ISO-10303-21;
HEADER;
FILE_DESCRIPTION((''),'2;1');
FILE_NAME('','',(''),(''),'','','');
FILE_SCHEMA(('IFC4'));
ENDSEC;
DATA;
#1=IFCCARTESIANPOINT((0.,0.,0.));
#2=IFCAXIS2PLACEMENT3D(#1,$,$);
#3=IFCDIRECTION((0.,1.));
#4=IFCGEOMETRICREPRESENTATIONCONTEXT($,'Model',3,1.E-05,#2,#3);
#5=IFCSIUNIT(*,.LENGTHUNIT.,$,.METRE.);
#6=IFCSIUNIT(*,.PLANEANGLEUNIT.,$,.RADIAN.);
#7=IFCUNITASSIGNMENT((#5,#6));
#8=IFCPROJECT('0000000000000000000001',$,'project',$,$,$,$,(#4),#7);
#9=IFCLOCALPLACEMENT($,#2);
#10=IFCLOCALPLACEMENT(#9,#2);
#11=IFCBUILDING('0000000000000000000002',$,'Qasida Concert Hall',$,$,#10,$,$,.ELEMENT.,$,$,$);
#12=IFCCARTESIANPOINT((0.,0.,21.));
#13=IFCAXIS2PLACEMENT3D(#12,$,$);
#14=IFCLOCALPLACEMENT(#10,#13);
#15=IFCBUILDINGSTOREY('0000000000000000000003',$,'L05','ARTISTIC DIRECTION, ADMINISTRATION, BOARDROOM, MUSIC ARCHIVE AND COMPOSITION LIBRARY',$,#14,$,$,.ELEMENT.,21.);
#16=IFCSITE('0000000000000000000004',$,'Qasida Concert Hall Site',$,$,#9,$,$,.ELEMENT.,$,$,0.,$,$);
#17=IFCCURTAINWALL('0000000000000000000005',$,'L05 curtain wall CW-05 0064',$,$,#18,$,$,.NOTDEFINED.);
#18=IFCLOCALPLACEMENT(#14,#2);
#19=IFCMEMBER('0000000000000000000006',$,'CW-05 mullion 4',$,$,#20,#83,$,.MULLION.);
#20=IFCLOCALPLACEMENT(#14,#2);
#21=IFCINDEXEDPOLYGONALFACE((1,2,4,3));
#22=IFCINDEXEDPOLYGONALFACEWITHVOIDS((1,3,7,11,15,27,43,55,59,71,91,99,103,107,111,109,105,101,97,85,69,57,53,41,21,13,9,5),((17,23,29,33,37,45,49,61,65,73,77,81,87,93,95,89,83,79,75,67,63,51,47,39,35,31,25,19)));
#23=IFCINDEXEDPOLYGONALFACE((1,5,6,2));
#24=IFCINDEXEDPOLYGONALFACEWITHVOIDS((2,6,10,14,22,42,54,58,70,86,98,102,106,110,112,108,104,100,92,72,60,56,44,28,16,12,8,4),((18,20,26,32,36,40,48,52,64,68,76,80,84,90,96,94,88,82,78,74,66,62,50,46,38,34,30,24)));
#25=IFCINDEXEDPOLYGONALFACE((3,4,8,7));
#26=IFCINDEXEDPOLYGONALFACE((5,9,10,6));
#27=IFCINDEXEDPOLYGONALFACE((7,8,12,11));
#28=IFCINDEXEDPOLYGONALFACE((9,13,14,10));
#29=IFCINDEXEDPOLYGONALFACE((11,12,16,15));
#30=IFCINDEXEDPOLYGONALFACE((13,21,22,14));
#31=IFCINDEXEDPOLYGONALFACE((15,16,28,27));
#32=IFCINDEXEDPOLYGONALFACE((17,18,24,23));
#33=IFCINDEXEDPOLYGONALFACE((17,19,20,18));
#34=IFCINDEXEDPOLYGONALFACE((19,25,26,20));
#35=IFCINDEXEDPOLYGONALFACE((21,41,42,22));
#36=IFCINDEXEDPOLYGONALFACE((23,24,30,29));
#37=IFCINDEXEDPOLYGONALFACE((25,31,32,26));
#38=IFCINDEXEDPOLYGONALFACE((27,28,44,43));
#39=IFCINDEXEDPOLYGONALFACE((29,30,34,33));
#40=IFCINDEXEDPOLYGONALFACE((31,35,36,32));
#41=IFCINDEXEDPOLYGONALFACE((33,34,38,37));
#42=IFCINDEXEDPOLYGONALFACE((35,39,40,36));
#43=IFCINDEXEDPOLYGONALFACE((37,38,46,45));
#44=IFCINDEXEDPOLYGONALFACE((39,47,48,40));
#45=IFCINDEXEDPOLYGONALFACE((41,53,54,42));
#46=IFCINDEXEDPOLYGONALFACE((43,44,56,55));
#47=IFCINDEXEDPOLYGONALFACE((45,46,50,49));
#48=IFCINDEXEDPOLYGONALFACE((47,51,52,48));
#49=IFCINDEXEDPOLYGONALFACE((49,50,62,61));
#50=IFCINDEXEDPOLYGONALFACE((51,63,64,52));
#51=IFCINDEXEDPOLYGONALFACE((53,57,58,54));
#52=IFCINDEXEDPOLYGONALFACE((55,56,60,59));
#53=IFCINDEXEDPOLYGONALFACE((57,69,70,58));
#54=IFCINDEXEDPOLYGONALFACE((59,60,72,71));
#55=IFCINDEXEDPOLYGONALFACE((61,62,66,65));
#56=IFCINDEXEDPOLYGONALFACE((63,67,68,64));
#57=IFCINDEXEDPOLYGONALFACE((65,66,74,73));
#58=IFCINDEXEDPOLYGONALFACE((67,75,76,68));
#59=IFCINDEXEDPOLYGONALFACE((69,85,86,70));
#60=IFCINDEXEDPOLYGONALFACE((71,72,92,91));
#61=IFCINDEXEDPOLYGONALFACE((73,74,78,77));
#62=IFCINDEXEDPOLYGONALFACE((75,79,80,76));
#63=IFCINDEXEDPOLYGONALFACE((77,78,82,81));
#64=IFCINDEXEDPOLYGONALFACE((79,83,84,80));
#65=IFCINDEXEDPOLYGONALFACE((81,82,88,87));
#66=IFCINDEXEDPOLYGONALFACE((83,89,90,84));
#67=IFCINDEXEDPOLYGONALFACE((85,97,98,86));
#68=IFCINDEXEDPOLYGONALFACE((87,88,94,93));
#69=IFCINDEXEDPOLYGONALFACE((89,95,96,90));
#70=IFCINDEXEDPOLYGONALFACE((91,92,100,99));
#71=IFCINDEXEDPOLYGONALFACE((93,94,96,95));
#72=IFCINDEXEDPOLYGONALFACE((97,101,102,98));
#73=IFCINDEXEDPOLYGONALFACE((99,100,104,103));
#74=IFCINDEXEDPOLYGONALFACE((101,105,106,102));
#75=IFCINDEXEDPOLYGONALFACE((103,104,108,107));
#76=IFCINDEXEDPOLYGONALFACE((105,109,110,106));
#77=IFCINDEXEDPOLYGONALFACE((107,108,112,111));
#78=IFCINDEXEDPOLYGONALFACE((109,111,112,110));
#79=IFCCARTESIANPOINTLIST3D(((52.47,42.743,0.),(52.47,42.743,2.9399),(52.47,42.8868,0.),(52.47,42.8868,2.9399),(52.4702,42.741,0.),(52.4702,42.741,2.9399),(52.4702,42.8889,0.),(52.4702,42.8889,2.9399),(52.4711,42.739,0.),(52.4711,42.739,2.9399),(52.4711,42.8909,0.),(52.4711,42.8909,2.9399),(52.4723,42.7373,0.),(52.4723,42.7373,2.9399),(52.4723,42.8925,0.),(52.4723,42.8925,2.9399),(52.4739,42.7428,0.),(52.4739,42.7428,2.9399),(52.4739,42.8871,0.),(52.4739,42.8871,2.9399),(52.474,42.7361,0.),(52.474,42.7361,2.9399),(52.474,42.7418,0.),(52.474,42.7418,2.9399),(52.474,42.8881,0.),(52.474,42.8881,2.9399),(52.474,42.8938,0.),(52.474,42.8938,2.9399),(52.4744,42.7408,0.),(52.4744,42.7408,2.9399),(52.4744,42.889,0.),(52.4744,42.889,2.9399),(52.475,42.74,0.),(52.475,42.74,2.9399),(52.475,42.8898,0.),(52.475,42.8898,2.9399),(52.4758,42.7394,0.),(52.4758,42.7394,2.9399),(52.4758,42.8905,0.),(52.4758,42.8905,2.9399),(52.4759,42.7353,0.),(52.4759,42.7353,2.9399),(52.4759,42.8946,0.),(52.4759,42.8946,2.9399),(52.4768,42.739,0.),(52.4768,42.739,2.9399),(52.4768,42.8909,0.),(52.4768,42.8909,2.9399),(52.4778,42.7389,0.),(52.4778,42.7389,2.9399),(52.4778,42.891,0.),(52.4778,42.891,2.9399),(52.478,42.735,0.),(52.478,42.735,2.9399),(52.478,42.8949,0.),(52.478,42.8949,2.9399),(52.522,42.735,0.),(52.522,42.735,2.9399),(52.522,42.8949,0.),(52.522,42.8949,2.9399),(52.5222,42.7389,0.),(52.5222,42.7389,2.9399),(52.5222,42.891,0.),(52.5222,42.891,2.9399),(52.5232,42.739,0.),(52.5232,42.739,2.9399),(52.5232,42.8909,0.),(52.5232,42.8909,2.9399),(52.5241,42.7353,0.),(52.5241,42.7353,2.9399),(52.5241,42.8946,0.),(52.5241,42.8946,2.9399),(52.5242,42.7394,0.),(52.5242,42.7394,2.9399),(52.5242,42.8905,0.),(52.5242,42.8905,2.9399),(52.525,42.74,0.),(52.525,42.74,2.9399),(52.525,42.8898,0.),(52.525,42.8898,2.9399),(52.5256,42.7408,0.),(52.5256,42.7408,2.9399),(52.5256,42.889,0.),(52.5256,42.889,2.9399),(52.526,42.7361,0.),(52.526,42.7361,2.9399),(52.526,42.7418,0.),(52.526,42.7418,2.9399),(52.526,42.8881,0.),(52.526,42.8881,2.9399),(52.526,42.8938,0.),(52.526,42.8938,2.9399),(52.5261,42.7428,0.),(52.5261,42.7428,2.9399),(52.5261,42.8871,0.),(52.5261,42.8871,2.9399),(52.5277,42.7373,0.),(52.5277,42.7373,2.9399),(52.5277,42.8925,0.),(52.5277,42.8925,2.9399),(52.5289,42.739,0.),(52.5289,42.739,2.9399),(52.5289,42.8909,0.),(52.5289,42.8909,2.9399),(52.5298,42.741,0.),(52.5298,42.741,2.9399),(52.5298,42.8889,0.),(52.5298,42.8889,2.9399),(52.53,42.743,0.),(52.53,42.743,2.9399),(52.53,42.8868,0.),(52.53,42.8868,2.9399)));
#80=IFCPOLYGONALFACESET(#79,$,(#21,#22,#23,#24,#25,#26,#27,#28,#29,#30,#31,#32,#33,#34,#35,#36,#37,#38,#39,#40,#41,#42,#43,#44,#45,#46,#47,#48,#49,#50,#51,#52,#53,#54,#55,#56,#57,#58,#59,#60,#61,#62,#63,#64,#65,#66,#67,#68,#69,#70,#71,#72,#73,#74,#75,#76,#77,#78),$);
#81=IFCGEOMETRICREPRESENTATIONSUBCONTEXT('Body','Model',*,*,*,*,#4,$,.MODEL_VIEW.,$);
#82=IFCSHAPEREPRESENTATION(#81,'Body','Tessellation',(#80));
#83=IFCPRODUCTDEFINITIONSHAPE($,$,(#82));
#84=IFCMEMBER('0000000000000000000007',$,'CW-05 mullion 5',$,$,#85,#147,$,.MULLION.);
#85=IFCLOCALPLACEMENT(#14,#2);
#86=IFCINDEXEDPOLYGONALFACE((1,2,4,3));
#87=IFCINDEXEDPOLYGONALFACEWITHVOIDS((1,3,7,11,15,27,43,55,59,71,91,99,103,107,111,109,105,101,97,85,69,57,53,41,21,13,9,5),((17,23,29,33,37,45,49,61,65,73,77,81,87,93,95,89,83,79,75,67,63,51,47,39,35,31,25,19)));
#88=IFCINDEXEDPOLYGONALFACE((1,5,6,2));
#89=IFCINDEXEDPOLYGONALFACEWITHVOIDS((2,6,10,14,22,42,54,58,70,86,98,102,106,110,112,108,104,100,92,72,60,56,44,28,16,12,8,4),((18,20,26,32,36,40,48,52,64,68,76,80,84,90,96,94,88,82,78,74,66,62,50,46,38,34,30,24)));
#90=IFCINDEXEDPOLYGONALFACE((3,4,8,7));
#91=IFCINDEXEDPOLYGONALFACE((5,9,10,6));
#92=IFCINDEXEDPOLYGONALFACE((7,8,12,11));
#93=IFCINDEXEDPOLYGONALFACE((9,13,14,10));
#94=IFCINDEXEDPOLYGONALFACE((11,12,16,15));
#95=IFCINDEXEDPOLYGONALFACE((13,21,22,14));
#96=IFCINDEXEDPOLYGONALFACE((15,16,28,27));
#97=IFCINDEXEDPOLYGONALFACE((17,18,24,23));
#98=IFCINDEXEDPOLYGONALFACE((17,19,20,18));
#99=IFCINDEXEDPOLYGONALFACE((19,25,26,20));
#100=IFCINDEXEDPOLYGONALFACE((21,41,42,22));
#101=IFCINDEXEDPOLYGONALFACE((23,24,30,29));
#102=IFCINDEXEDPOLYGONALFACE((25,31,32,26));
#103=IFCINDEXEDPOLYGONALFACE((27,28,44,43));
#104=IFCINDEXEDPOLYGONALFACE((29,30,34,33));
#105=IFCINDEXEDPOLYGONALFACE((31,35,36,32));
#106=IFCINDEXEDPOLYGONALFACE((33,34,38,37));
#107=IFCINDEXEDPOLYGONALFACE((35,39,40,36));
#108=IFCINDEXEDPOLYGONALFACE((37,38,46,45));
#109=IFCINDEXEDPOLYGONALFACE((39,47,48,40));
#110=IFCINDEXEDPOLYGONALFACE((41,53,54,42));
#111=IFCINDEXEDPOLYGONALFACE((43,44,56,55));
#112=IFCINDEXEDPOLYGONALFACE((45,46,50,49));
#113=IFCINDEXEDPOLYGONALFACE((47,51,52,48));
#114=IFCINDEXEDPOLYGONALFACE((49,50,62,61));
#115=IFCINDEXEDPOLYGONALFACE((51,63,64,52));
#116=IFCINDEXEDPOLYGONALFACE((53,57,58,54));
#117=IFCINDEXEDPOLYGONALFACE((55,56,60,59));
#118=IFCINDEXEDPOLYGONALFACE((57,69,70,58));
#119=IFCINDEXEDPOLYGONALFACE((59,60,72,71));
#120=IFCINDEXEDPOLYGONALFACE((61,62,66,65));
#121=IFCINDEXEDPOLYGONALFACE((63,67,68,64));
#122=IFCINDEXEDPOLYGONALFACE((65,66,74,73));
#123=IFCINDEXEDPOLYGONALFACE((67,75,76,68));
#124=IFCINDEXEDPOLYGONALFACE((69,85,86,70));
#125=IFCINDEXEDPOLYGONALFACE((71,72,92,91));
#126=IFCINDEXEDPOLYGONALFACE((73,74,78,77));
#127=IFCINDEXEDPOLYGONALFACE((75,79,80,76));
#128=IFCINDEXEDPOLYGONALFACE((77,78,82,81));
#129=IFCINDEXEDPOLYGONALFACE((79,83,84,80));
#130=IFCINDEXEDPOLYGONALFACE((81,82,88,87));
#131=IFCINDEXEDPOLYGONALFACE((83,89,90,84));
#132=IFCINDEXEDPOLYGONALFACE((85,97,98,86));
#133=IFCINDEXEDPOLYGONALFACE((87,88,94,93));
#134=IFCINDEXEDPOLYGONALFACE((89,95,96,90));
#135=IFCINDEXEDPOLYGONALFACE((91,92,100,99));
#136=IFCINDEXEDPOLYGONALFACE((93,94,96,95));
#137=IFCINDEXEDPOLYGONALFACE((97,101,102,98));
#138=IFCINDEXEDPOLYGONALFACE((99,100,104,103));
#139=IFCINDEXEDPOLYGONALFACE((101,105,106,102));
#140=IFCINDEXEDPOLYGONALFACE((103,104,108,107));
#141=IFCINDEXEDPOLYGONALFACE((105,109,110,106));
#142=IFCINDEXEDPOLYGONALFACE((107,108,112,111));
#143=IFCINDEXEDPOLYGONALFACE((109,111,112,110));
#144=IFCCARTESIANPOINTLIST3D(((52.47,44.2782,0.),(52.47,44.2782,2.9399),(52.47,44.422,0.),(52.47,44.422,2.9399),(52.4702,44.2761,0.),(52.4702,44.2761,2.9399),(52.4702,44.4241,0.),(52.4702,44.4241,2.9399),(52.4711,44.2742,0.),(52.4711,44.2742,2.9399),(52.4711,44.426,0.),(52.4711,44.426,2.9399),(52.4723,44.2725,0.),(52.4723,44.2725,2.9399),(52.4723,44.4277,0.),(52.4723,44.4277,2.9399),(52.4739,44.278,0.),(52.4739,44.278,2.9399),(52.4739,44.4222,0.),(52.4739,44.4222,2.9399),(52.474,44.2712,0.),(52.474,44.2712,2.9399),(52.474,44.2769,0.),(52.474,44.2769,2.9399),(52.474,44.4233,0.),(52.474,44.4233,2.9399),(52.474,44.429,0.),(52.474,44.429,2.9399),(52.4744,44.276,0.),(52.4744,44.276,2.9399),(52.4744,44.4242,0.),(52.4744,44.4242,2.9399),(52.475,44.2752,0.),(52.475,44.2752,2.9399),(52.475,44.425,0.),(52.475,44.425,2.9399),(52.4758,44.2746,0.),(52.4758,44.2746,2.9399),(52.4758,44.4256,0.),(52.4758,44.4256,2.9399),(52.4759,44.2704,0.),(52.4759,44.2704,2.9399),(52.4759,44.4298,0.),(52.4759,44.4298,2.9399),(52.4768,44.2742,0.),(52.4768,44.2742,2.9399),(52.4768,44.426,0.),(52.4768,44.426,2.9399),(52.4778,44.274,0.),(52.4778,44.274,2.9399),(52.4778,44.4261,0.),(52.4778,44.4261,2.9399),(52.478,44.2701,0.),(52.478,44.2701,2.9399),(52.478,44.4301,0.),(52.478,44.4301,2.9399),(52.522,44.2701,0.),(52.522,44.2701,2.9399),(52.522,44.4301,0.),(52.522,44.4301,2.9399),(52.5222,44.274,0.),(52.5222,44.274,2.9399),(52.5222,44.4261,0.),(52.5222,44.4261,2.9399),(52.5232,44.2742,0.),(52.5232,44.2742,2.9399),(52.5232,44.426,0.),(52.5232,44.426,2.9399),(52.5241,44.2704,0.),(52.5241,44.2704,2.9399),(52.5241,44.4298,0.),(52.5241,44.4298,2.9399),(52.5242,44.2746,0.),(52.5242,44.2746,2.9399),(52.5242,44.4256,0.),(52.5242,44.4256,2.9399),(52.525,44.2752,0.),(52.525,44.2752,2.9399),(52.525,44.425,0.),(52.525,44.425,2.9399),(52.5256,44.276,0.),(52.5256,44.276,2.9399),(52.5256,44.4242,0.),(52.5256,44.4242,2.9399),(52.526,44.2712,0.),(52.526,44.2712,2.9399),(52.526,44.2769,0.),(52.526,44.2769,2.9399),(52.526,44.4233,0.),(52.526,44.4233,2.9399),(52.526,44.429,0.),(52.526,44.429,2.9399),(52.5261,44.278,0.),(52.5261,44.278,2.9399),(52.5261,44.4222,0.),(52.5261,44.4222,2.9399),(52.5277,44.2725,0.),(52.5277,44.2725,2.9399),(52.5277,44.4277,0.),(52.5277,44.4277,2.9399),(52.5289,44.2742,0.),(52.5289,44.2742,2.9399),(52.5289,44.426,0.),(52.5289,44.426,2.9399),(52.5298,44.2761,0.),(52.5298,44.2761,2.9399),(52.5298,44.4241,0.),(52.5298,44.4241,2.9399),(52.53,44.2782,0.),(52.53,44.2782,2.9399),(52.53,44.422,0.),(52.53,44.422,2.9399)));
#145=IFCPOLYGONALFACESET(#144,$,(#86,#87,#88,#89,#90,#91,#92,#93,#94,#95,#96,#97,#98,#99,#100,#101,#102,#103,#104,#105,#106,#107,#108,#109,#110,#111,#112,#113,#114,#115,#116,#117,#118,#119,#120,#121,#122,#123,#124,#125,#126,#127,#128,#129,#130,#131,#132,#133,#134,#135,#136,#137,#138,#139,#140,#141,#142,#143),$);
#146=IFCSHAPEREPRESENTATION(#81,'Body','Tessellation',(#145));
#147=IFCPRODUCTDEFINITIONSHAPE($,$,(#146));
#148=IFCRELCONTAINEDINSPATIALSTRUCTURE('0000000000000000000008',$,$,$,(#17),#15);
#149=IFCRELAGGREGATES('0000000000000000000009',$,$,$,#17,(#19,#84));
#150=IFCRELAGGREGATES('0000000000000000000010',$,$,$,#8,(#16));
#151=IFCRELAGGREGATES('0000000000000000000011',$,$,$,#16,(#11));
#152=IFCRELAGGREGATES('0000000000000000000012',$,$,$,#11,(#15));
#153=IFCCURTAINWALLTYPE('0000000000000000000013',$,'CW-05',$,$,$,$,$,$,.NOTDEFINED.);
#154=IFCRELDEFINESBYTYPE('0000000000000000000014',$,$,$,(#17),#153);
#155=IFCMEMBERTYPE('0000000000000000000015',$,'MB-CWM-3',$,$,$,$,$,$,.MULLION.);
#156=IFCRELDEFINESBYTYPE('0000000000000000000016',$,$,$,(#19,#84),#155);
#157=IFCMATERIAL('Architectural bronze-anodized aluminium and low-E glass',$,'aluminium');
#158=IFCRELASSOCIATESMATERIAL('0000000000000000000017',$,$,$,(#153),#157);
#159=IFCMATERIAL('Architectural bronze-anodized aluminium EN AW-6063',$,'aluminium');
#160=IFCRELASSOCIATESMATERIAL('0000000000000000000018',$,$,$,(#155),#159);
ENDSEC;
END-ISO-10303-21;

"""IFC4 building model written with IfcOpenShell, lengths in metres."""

from ifc_helpers import new_model, si_unit, direction, frame, origin, origin_2d, place, context, subcontext, project, spatial, hollow_rectangle, extrude, material, material_profile, profile_set, type_object, element, aggregate, save


model = new_model("IFC4")

# Units and contexts
model_context = context("Model", 3, precision=1e-05, world=origin(), true_north=direction((0.0, 1.0)))
body_context = subcontext(model_context, "Body", "Model", "MODEL_VIEW")
ifc_project = project(units=[si_unit("LENGTHUNIT", "METRE"), si_unit("PLANEANGLEUNIT", "RADIAN")], contexts=[model_context])

# Site, building, storey
site_placement = place(None, origin())
site = spatial("IfcSite", under=ifc_project, at=site_placement, Name="Qasida Concert Hall Site", CompositionType="ELEMENT", RefElevation=0.0)
building_placement = place(site_placement, origin())
building = spatial("IfcBuilding", under=site, at=building_placement, Name="Qasida Concert Hall", CompositionType="ELEMENT")
storey_placement = place(building_placement, frame((0.0, 0.0, 21.0)))
storey = spatial("IfcBuildingStorey", under=building, at=storey_placement, Name="L05", Description="ARTISTIC DIRECTION, ADMINISTRATION, BOARDROOM, MUSIC ARCHIVE AND COMPOSITION LIBRARY", CompositionType="ELEMENT", Elevation=21.0)

# Curtain wall, members
ifc_material_1 = material(Name="Architectural bronze-anodized aluminium and low-E glass", Category="aluminium")
curtain_wall_type = type_object("IfcCurtainWallType", Name="CW-05", PredefinedType="NOTDEFINED", material=ifc_material_1)
curtain_wall_placement = place(storey_placement, origin())
curtain_wall = element("IfcCurtainWall", 1, at=curtain_wall_placement, inside=storey, type_object=curtain_wall_type, Name="L05 curtain wall CW-05 0064", PredefinedType="NOTDEFINED")
ifc_material_2 = material(Name="Architectural bronze-anodized aluminium EN AW-6063", Category="aluminium")
ifc_material_profile_1 = material_profile(ifc_material_2, hollow_rectangle(XDim=0.0601, YDim=0.1599, WallThickness=0.0039, InnerFilletRadius=0.0039, OuterFilletRadius=0.0081, at=origin_2d()), Name="CWM 160x60x4")
ifc_profile_set_1 = profile_set([ifc_material_profile_1], Name="Architectural bronze-anodized aluminium EN AW-6063")
member_type_1 = type_object("IfcMemberType", Name="MB-CWM-3", PredefinedType="MULLION", material=ifc_profile_set_1)
member_1_placement = place(storey_placement, frame((52.5, 42.8149, 0.0), z_axis=(0.0, 0.0, 1.0), x_axis=(-1.0, 0.0, 0.0)))
member_1 = element("IfcMember", 2, at=member_1_placement, type_object=member_type_1, Name="CW-05 mullion 4", PredefinedType="MULLION", context=body_context, shape_type="SweptSolid", body=[
    extrude(hollow_rectangle(XDim=0.0601, YDim=0.1599, WallThickness=0.0039, InnerFilletRadius=0.0039, OuterFilletRadius=0.0081, at=origin_2d()), origin(), (0.0, 0.0, 1.0), 2.9399),
])
member_2_placement = place(storey_placement, frame((52.5, 44.3501, 0.0), z_axis=(0.0, 0.0, 1.0), x_axis=(-1.0, 0.0, 0.0)))
member_2 = element("IfcMember", 3, at=member_2_placement, type_object=member_type_1, Name="CW-05 mullion 5", PredefinedType="MULLION", context=body_context, shape_type="SweptSolid", body=[
    extrude(hollow_rectangle(XDim=0.0601, YDim=0.1599, WallThickness=0.0039, InnerFilletRadius=0.0039, OuterFilletRadius=0.0081, at=origin_2d()), origin(), (0.0, 0.0, 1.0), 2.9399),
])
aggregate(curtain_wall, [member_1, member_2])

save(model, "model.ifc")
